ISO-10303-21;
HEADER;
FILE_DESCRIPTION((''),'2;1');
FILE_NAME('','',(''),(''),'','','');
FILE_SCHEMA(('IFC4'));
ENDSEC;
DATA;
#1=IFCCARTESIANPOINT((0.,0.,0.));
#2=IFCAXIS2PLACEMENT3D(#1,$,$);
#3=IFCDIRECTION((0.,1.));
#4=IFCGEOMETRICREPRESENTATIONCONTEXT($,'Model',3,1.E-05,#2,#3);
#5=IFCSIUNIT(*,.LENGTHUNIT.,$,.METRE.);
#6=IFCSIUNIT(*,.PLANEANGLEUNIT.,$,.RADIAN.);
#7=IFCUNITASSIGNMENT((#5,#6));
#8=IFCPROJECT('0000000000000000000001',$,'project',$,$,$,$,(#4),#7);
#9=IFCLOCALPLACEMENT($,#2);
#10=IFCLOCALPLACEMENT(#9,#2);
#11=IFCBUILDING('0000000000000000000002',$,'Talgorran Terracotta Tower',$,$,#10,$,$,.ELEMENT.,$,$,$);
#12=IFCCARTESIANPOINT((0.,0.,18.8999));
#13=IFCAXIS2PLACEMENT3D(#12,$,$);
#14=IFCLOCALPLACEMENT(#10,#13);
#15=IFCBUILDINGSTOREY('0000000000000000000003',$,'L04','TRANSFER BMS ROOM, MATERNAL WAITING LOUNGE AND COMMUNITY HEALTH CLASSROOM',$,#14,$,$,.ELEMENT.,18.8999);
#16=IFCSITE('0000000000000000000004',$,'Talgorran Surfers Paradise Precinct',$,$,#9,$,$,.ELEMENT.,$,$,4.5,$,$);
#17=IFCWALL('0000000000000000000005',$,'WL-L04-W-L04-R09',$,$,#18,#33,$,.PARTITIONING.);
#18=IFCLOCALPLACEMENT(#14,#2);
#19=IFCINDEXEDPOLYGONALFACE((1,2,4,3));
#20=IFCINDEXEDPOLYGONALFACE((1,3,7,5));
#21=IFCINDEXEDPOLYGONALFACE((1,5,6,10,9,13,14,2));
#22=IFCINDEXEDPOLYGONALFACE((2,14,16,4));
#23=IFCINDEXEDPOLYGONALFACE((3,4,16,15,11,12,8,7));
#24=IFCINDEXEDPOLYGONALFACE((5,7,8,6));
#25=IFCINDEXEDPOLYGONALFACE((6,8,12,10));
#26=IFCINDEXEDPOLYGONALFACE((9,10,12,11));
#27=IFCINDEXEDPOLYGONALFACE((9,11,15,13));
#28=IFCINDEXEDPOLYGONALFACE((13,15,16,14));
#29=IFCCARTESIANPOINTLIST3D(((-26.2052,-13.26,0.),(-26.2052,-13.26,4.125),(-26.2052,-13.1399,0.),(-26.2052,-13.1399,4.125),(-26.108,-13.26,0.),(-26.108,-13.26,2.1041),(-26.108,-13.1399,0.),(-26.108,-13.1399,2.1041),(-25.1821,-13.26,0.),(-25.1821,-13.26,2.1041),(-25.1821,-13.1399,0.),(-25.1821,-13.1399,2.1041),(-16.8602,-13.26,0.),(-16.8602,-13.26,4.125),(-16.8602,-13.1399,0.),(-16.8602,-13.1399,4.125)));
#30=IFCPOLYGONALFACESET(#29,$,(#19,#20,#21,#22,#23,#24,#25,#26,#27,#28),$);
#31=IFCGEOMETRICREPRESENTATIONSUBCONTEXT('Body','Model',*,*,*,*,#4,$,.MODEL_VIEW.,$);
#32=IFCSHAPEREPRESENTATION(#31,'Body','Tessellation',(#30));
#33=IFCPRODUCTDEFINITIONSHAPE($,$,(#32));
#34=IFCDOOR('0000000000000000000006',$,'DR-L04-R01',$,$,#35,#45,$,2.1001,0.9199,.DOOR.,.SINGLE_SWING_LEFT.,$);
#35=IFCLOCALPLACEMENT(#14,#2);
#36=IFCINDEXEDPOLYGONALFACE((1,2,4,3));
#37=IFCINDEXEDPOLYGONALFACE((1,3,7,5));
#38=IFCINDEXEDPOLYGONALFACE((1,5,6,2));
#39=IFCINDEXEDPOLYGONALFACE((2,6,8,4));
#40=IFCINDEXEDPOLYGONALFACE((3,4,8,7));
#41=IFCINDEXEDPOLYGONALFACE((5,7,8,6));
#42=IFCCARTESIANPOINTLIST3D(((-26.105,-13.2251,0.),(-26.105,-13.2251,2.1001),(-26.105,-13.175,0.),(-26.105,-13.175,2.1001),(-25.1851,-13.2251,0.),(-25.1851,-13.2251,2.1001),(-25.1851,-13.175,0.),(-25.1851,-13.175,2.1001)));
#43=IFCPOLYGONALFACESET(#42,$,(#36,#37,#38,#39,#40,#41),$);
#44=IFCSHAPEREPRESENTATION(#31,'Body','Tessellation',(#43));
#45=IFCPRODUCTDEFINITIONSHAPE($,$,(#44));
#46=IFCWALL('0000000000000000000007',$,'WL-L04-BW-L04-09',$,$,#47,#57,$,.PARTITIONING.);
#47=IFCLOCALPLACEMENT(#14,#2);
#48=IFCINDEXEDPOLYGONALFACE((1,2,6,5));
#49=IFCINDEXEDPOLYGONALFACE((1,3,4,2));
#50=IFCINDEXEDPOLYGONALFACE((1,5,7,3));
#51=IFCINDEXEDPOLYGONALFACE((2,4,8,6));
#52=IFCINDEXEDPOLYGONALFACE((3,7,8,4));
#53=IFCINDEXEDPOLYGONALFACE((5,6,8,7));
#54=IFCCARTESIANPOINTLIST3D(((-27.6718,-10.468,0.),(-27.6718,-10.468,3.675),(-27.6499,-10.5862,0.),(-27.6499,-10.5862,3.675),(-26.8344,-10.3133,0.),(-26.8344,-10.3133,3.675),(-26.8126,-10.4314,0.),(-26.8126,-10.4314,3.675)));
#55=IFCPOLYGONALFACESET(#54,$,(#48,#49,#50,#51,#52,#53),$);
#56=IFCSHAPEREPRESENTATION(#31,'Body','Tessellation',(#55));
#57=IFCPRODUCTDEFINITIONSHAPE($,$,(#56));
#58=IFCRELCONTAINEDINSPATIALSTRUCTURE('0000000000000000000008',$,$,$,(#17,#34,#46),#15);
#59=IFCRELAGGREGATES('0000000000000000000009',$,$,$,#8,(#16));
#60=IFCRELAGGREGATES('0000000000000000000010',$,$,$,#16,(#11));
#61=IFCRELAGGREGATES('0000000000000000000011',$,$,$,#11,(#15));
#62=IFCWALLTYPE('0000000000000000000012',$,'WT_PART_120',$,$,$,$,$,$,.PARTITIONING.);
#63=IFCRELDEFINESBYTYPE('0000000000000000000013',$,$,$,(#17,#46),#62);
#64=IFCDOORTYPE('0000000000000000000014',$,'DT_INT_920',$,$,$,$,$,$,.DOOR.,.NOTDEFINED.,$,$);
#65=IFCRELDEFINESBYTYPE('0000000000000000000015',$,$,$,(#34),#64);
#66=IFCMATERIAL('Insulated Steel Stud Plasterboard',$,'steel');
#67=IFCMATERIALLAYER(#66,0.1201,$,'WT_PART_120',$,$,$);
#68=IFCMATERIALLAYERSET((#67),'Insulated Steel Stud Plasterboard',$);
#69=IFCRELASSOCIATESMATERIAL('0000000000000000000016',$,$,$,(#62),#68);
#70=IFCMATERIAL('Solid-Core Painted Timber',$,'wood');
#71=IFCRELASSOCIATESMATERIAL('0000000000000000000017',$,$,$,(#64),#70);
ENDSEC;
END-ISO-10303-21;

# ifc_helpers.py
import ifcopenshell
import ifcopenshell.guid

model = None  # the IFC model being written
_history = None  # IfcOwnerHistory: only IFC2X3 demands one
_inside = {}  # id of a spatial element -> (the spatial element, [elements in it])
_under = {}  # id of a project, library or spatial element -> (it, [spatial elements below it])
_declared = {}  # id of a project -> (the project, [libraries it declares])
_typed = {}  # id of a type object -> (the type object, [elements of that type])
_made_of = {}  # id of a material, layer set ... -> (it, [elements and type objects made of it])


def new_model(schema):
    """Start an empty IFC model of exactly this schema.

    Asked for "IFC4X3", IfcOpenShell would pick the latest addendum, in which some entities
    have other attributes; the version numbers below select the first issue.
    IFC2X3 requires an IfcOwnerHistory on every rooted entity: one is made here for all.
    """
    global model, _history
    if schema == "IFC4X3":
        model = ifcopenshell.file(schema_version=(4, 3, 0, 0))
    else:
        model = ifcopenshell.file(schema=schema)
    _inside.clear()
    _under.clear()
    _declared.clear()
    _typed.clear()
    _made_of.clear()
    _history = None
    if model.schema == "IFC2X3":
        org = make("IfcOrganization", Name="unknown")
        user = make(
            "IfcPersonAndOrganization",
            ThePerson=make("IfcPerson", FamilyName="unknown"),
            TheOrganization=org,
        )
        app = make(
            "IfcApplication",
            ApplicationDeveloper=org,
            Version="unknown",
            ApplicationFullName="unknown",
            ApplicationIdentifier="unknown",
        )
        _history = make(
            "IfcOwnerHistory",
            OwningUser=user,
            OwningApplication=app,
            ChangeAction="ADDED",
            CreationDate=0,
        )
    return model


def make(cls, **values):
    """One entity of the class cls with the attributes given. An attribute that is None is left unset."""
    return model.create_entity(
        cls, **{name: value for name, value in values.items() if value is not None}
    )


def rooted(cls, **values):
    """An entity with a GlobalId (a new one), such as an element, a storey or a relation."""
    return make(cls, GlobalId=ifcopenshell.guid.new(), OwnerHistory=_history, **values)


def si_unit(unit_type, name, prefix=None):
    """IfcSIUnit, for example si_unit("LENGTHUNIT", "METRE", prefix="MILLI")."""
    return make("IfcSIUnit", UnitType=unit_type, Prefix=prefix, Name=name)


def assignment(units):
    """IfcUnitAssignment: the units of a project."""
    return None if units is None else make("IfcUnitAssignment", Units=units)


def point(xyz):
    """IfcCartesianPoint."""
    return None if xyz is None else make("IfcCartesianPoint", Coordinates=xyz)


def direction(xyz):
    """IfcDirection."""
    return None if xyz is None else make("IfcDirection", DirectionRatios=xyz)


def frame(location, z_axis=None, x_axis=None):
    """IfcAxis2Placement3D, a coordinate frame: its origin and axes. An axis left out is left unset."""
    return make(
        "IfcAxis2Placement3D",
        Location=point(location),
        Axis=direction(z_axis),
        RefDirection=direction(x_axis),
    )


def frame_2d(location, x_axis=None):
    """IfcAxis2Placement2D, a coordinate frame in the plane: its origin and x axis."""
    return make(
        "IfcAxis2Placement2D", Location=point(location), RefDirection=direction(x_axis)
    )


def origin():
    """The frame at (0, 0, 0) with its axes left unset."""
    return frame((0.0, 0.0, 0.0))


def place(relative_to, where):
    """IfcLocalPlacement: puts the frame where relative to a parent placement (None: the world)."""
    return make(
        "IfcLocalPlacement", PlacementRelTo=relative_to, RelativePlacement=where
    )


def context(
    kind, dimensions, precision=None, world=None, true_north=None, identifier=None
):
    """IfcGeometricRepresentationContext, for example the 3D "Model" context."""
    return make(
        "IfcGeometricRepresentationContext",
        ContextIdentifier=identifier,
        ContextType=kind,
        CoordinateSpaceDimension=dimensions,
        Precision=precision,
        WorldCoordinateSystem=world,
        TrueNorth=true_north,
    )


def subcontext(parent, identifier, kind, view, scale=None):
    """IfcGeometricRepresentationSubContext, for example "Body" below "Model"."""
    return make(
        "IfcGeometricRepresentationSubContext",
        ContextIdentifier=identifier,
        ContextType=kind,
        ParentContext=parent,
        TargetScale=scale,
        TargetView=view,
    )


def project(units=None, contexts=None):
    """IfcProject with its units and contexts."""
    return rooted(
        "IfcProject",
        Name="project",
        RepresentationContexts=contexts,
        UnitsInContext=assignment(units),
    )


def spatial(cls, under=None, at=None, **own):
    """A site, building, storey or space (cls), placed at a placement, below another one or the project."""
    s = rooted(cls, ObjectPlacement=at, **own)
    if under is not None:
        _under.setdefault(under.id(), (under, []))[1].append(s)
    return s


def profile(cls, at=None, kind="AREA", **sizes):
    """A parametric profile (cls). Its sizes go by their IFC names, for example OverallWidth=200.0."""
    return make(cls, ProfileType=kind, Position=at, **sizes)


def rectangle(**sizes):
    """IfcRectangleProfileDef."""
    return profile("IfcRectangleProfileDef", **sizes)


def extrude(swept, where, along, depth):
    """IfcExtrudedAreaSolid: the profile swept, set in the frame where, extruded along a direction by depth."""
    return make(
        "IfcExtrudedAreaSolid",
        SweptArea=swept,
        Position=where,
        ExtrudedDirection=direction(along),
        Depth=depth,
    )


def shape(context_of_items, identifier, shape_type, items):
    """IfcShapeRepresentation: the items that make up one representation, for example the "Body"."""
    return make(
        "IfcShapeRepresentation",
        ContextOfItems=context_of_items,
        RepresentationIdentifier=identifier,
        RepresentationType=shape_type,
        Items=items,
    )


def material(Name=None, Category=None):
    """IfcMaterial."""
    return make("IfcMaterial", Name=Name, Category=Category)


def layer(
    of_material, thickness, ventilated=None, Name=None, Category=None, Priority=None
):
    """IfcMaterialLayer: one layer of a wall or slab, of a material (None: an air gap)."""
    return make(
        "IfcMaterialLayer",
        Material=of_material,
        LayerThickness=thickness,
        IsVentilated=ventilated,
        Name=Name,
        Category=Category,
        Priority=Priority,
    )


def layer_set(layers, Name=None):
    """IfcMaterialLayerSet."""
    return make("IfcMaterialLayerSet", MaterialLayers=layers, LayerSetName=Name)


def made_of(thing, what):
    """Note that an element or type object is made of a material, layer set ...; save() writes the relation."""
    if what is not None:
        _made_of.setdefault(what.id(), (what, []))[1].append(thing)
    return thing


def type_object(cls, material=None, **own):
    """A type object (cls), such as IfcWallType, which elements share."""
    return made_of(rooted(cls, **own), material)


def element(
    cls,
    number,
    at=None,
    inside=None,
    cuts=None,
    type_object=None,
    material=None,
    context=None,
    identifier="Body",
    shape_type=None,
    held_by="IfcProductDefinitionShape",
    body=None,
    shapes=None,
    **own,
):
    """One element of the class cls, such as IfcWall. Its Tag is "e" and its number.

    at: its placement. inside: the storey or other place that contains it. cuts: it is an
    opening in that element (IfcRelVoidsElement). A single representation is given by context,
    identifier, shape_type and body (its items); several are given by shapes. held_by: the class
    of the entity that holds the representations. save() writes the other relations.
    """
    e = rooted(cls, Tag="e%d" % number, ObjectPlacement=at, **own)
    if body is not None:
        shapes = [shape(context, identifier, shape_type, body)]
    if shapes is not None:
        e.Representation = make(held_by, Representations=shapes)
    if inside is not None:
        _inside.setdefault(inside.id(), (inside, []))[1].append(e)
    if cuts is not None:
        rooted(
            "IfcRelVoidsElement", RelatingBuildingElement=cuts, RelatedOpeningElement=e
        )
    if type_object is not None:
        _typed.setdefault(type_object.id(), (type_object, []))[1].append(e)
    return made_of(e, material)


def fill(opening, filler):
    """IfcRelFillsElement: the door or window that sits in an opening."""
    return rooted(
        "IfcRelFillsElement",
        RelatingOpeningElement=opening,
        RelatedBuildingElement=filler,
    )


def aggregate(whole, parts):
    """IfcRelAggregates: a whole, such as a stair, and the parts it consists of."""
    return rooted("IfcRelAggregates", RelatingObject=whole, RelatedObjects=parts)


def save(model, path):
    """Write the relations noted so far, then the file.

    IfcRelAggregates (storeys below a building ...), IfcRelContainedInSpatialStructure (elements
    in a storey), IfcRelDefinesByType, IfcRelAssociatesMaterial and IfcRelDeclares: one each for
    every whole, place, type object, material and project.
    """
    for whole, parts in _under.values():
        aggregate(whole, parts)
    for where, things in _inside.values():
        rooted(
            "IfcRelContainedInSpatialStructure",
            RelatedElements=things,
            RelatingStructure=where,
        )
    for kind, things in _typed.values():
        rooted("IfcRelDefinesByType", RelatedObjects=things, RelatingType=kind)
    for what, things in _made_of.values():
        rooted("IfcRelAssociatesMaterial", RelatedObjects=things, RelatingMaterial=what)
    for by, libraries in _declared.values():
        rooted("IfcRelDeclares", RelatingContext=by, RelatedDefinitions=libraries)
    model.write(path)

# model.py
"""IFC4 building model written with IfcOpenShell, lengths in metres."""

from ifc_helpers import new_model, si_unit, direction, frame, frame_2d, origin, place, context, subcontext, project, spatial, rectangle, extrude, material, layer, layer_set, type_object, element, fill, save


model = new_model("IFC4")

# Units and contexts
model_context = context("Model", 3, precision=1e-05, world=origin(), true_north=direction((0.0, 1.0)))
body_context = subcontext(model_context, "Body", "Model", "MODEL_VIEW")
ifc_project = project(units=[si_unit("LENGTHUNIT", "METRE"), si_unit("PLANEANGLEUNIT", "RADIAN")], contexts=[model_context])

# Site, building, storey
site_placement = place(None, origin())
site = spatial("IfcSite", under=ifc_project, at=site_placement, Name="Talgorran Surfers Paradise Precinct", CompositionType="ELEMENT", RefElevation=4.5)
building_placement = place(site_placement, origin())
building = spatial("IfcBuilding", under=site, at=building_placement, Name="Talgorran Terracotta Tower", CompositionType="ELEMENT")
storey_placement = place(building_placement, frame((0.0, 0.0, 18.8999)))
storey = spatial("IfcBuildingStorey", under=building, at=storey_placement, Name="L04", Description="TRANSFER BMS ROOM, MATERNAL WAITING LOUNGE AND COMMUNITY HEALTH CLASSROOM", CompositionType="ELEMENT", Elevation=18.8999)

# Wall, opening, door
ifc_material_1 = material(Name="Insulated Steel Stud Plasterboard", Category="steel")
ifc_layer_1 = layer(ifc_material_1, 0.1201, Name="WT_PART_120")
ifc_layer_set_1 = layer_set([ifc_layer_1], Name="Insulated Steel Stud Plasterboard")
wall_type_1 = type_object("IfcWallType", Name="WT_PART_120", PredefinedType="PARTITIONING", material=ifc_layer_set_1)
wall_1_placement = place(storey_placement, frame((-26.2051, -13.2, 0.0), z_axis=(0.0, 0.0, 1.0), x_axis=(1.0, 0.0, 0.0)))
wall_1 = element("IfcWall", 1, at=wall_1_placement, inside=storey, type_object=wall_type_1, Name="WL-L04-W-L04-R09", PredefinedType="PARTITIONING", context=body_context, shape_type="SweptSolid", body=[
    extrude(rectangle(XDim=9.345, YDim=0.1201, at=frame_2d((4.6724, 0.0))), origin(), (0.0, 0.0, 1.0), 4.125),
])
opening_placement = place(wall_1_placement, frame((0.1001, 0.0, 0.0)))
opening = element("IfcOpeningElement", 2, at=opening_placement, cuts=wall_1, PredefinedType="OPENING", context=body_context, shape_type="SweptSolid", body=[
    extrude(rectangle(XDim=0.9259, YDim=2.1041, at=frame_2d((0.46, 1.052))), frame((0.0, 0.0701, 0.0), z_axis=(0.0, -1.0, 0.0), x_axis=(1.0, 0.0, 0.0)), (0.0, 0.0, 1.0), 0.1401),
])
ifc_material_2 = material(Name="Solid-Core Painted Timber", Category="wood")
door_type = type_object("IfcDoorType", Name="DT_INT_920", OperationType="NOTDEFINED", PredefinedType="DOOR", material=ifc_material_2)
door_placement = place(opening_placement, origin())
door = element("IfcDoor", 3, at=door_placement, inside=storey, type_object=door_type, Name="DR-L04-R01", OperationType="SINGLE_SWING_LEFT", OverallHeight=2.1001, OverallWidth=0.9199, PredefinedType="DOOR", context=body_context, shape_type="SweptSolid", body=[
    extrude(rectangle(XDim=0.9199, YDim=2.1001, at=frame_2d((0.46, 1.05))), frame((0.0, 0.0249, 0.0), z_axis=(0.0, -1.0, 0.0), x_axis=(1.0, 0.0, 0.0)), (0.0, 0.0, 1.0), 0.05),
])
fill(opening, door)

# Wall
wall_2_placement = place(storey_placement, frame((-26.8235, -10.3723, 0.0), z_axis=(0.0, 0.0, 1.0), x_axis=(-0.983343, -0.181761, 0.0)))
element("IfcWall", 4, at=wall_2_placement, inside=storey, type_object=wall_type_1, Name="WL-L04-BW-L04-09", PredefinedType="PARTITIONING", context=body_context, shape_type="SweptSolid", body=[
    extrude(rectangle(XDim=0.8516, YDim=0.1201, at=frame_2d((0.4258, 0.0))), origin(), (0.0, 0.0, 1.0), 3.675),
])

save(model, "model.ifc")
